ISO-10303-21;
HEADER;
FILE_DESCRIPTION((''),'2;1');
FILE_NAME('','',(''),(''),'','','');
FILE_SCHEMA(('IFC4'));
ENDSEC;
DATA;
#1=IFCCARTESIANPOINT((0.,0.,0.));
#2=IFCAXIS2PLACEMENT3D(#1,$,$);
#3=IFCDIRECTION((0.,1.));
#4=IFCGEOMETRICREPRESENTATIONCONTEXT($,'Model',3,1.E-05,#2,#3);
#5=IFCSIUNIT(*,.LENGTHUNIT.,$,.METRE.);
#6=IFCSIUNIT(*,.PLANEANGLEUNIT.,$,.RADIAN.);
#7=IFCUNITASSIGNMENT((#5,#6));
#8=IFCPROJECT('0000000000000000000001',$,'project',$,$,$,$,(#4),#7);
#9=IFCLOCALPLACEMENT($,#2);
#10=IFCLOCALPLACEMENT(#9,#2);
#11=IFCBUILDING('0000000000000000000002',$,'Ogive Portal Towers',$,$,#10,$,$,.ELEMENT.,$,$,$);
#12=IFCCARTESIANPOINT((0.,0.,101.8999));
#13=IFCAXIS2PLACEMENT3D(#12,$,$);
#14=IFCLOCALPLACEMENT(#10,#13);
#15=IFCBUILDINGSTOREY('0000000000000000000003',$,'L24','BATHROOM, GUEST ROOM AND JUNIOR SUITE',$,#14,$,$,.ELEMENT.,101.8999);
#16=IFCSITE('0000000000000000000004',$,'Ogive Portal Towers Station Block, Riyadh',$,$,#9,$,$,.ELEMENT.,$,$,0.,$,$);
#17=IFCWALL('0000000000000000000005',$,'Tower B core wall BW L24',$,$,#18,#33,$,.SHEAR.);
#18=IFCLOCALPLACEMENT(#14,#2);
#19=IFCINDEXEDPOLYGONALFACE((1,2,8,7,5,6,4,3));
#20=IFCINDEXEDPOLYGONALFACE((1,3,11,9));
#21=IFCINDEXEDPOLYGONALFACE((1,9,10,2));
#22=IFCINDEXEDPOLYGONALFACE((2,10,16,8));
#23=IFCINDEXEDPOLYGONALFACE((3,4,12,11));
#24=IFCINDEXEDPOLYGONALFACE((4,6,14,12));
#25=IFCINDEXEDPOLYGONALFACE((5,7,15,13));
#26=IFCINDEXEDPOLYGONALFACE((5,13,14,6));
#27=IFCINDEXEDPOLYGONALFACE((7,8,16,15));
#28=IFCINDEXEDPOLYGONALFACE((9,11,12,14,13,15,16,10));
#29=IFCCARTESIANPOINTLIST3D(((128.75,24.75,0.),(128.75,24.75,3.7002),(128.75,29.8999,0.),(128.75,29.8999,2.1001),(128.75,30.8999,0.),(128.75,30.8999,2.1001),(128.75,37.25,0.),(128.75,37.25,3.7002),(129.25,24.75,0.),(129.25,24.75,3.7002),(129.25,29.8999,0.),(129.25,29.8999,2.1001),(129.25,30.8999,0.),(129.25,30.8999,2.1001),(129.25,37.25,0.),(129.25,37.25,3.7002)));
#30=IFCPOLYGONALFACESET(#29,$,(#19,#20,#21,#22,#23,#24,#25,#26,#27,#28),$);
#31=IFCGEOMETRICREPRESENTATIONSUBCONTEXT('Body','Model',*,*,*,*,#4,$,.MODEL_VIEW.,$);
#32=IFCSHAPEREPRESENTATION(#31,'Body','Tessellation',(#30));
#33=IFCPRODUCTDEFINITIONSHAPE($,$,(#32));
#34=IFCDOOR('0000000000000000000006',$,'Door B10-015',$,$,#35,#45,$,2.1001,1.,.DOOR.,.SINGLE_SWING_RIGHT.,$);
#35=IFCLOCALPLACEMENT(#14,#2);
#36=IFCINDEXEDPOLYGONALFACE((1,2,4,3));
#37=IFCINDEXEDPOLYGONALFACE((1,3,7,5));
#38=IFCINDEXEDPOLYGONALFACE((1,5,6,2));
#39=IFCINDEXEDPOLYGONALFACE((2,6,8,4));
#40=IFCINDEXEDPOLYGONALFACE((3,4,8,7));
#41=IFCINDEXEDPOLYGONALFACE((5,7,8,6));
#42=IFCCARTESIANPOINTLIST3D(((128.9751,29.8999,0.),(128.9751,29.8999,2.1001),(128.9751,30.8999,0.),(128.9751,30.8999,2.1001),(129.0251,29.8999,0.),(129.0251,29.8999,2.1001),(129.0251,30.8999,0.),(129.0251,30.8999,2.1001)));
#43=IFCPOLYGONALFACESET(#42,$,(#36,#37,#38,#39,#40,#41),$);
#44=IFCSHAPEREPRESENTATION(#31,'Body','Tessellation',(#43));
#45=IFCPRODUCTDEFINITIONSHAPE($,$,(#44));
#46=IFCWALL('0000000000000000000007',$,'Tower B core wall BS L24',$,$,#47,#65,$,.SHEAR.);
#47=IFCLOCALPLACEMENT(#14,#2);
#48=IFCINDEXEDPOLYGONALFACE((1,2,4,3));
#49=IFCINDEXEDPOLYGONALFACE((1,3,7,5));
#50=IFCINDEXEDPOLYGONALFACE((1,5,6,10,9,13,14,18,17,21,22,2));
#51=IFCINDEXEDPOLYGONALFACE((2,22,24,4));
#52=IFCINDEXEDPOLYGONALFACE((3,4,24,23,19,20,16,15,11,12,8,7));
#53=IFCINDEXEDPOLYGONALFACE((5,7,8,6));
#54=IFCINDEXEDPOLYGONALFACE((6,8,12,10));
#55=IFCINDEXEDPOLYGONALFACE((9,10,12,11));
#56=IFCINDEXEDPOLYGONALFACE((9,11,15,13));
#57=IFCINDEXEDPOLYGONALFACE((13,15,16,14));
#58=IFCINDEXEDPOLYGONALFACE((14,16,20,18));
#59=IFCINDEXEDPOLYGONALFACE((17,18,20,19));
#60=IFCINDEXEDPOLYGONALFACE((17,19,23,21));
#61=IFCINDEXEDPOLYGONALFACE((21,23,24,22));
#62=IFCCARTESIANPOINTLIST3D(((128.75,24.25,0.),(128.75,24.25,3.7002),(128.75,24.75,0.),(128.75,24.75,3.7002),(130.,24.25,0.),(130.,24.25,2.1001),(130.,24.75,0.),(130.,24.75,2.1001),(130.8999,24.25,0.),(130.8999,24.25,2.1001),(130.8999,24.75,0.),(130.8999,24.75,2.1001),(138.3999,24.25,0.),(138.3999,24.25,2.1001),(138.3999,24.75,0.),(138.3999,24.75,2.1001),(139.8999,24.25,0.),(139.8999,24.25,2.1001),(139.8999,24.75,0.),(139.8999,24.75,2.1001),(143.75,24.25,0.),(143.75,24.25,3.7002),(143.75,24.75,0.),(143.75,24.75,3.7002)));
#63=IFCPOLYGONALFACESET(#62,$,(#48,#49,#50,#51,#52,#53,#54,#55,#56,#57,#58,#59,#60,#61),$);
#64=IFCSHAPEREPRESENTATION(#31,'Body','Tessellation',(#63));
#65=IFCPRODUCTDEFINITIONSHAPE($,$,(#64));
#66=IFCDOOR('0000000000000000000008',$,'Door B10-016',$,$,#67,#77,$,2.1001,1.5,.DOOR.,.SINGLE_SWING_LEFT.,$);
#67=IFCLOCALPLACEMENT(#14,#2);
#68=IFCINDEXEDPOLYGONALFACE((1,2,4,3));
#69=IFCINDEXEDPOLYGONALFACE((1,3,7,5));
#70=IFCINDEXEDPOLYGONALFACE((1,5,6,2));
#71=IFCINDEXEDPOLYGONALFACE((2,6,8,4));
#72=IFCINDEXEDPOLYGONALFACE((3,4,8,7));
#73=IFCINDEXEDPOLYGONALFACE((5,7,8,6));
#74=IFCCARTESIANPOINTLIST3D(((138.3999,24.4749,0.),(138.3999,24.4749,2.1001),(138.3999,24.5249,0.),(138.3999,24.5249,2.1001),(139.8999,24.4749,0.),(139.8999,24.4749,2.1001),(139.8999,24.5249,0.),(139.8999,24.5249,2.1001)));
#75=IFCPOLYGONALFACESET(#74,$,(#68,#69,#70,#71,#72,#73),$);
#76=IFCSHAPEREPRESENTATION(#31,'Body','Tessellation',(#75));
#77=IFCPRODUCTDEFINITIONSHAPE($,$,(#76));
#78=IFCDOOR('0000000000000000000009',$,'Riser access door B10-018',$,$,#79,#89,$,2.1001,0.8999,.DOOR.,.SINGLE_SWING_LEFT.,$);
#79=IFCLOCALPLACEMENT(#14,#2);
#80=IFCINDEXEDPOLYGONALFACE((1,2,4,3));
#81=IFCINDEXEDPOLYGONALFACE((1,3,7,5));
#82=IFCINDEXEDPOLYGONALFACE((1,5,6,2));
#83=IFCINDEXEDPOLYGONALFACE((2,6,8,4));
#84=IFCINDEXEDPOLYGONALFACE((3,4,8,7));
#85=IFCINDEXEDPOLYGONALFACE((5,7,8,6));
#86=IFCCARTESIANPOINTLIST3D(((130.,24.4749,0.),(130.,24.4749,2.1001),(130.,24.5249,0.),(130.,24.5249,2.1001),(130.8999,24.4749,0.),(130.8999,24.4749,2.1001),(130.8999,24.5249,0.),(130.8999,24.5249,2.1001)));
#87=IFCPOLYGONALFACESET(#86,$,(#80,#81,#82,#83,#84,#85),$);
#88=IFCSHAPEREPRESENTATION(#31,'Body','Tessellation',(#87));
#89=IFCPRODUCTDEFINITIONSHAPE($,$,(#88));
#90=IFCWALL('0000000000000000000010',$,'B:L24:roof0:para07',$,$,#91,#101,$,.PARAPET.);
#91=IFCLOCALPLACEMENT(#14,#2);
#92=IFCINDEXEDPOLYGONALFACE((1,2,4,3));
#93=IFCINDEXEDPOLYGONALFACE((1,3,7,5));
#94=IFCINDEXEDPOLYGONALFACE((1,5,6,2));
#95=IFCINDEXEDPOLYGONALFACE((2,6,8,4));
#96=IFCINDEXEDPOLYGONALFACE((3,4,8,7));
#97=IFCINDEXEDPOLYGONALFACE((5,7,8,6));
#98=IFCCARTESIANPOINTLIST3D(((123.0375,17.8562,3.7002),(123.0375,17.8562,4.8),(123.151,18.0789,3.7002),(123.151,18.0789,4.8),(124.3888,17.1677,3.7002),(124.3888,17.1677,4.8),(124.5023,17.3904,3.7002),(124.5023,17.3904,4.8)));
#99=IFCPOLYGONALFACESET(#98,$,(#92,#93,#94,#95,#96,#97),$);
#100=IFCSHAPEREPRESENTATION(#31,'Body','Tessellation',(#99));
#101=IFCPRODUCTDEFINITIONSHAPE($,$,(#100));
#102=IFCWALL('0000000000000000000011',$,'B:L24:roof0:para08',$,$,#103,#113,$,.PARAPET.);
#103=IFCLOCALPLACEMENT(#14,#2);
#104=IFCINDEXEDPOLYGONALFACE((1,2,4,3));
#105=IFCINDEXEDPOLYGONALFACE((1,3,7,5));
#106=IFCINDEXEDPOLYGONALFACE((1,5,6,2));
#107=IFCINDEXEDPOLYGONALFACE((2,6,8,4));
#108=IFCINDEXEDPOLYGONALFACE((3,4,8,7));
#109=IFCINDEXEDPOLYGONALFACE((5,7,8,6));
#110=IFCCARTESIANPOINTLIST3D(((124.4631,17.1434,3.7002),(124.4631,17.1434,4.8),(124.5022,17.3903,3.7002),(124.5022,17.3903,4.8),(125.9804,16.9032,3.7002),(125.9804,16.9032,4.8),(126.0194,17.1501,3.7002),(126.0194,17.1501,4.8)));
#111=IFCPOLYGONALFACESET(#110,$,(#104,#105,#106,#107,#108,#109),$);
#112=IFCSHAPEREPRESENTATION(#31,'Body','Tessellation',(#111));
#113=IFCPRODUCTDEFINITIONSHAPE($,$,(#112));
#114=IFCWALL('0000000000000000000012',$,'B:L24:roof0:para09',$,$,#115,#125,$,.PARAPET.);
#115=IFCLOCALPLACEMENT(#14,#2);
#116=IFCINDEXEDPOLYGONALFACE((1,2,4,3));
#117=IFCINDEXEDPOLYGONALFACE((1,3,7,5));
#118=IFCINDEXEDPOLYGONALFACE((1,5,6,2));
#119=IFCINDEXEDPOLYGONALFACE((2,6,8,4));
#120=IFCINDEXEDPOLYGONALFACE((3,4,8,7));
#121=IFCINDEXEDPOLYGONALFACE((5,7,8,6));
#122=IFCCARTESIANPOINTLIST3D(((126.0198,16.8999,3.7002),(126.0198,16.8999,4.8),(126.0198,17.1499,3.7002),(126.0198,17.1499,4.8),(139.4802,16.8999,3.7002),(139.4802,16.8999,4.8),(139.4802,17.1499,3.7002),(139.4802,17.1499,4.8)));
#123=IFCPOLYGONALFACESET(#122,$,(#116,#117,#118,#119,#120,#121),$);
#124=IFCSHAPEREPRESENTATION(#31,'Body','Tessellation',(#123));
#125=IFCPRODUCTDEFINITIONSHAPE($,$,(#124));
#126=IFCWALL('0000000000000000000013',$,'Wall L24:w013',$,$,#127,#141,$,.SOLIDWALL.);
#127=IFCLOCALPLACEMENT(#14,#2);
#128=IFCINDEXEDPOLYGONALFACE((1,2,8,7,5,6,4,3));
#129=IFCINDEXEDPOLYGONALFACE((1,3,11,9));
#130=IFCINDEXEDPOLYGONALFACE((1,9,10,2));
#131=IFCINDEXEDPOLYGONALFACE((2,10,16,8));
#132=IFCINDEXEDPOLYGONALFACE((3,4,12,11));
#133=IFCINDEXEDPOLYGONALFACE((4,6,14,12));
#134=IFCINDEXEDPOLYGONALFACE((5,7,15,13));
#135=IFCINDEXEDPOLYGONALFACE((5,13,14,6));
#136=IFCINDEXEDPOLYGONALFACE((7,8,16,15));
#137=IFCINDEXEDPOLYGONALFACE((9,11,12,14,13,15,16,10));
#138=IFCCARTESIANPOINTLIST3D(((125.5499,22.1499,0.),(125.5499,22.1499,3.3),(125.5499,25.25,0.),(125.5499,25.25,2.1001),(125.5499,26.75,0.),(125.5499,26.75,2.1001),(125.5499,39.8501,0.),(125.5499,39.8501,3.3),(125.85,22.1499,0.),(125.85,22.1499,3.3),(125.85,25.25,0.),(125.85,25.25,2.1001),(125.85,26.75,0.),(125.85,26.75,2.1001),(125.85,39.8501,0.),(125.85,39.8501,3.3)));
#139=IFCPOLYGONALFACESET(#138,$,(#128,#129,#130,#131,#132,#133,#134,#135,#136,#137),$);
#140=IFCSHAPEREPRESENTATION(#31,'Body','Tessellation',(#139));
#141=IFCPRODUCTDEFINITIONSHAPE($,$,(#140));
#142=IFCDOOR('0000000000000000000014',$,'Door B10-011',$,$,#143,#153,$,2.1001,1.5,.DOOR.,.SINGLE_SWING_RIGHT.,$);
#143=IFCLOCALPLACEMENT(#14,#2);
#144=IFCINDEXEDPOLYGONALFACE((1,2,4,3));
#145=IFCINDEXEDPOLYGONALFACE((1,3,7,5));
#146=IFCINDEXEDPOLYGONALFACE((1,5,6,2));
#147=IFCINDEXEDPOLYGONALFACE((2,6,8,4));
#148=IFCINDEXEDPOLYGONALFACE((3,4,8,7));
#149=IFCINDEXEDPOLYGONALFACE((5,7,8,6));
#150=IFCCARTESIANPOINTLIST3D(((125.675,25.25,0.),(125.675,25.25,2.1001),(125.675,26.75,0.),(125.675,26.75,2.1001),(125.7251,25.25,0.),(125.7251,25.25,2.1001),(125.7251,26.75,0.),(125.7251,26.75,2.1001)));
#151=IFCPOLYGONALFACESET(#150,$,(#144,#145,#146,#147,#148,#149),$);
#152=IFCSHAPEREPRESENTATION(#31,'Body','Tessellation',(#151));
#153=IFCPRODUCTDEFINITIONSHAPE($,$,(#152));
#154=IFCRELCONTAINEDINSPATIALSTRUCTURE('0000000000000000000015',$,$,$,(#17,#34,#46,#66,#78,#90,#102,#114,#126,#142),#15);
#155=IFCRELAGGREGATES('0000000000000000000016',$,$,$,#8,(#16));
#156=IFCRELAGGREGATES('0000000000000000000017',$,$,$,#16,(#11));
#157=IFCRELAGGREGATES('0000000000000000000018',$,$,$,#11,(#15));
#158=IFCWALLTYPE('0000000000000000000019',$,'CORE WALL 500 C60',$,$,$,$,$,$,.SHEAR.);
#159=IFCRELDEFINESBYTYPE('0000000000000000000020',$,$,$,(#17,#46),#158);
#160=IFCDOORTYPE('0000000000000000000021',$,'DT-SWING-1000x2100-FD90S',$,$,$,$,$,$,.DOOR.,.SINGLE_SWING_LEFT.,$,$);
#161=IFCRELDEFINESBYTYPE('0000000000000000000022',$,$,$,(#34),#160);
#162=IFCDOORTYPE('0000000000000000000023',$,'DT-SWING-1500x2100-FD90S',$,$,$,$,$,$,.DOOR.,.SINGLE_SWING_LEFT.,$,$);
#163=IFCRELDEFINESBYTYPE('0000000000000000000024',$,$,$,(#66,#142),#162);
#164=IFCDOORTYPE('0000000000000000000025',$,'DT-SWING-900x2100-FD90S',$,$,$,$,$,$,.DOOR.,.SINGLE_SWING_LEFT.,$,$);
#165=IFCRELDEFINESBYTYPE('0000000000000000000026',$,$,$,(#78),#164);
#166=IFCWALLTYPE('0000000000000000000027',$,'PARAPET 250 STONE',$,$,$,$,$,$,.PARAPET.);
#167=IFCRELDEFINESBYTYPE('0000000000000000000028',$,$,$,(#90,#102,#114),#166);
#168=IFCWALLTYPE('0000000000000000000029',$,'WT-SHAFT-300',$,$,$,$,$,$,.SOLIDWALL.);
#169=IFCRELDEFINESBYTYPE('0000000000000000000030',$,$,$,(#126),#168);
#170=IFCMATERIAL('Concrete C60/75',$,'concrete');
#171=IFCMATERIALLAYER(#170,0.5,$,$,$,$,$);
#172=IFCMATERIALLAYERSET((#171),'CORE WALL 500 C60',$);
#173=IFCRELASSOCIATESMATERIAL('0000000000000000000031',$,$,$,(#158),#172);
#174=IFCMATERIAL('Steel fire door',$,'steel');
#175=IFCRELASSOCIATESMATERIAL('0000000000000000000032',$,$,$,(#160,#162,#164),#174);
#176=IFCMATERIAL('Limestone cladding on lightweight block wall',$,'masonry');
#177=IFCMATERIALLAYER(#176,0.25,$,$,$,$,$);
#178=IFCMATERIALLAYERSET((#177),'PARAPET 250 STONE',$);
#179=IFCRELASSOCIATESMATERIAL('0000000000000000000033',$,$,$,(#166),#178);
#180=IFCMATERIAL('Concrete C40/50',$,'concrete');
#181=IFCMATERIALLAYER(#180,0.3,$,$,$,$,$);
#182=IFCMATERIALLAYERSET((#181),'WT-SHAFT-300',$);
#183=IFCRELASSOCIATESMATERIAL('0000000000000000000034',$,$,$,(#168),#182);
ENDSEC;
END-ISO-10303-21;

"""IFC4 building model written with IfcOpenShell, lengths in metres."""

from ifc_helpers import new_model, si_unit, direction, frame, frame_2d, origin, place, context, subcontext, project, spatial, rectangle, extrude, material, layer, layer_set, type_object, element, fill, save


model = new_model("IFC4")

# Units and contexts
model_context = context("Model", 3, precision=1e-05, world=origin(), true_north=direction((0.0, 1.0)))
body_context = subcontext(model_context, "Body", "Model", "MODEL_VIEW")
ifc_project = project(units=[si_unit("LENGTHUNIT", "METRE"), si_unit("PLANEANGLEUNIT", "RADIAN")], contexts=[model_context])

# Site, building, storey
site_placement = place(None, origin())
site = spatial("IfcSite", under=ifc_project, at=site_placement, Name="Ogive Portal Towers Station Block, Riyadh", CompositionType="ELEMENT", RefElevation=0.0)
building_placement = place(site_placement, origin())
building = spatial("IfcBuilding", under=site, at=building_placement, Name="Ogive Portal Towers", CompositionType="ELEMENT")
storey_placement = place(building_placement, frame((0.0, 0.0, 101.8999)))
storey = spatial("IfcBuildingStorey", under=building, at=storey_placement, Name="L24", Description="BATHROOM, GUEST ROOM AND JUNIOR SUITE", CompositionType="ELEMENT", Elevation=101.8999)

# Wall, opening, door
ifc_material_1 = material(Name="Concrete C60/75", Category="concrete")
ifc_material_2 = material(Name="Steel fire door", Category="steel")
ifc_layer_1 = layer(ifc_material_1, 0.5)
ifc_layer_set_1 = layer_set([ifc_layer_1], Name="CORE WALL 500 C60")
wall_type_1 = type_object("IfcWallType", Name="CORE WALL 500 C60", PredefinedType="SHEAR", material=ifc_layer_set_1)
wall_1_placement = place(storey_placement, frame((129.0, 24.75, 0.0), z_axis=(0.0, 0.0, 1.0), x_axis=(0.0, 1.0, 0.0)))
wall_1 = element("IfcWall", 1, at=wall_1_placement, inside=storey, type_object=wall_type_1, Name="Tower B core wall BW L24", PredefinedType="SHEAR", context=body_context, shape_type="SweptSolid", body=[
    extrude(rectangle(XDim=12.5, YDim=0.5, at=frame_2d((6.25, 0.0))), origin(), (0.0, 0.0, 1.0), 3.7002),
])
opening_1_placement = place(wall_1_placement, frame((5.1499, 0.0, 0.0)))
opening_1 = element("IfcOpeningElement", 2, at=opening_1_placement, cuts=wall_1, PredefinedType="OPENING", context=body_context, shape_type="SweptSolid", body=[
    extrude(rectangle(XDim=1.0, YDim=2.1001, at=frame_2d((0.5, 1.05))), frame((0.0, 0.26, 0.0), z_axis=(0.0, -1.0, 0.0), x_axis=(1.0, 0.0, 0.0)), (0.0, 0.0, 1.0), 0.52),
])
door_type_1 = type_object("IfcDoorType", Name="DT-SWING-1000x2100-FD90S", OperationType="SINGLE_SWING_LEFT", PredefinedType="DOOR", material=ifc_material_2)
door_1_placement = place(opening_1_placement, origin())
door_1 = element("IfcDoor", 3, at=door_1_placement, inside=storey, type_object=door_type_1, Name="Door B10-015", OperationType="SINGLE_SWING_RIGHT", OverallHeight=2.1001, OverallWidth=1.0, PredefinedType="DOOR", context=body_context, shape_type="SweptSolid", body=[
    extrude(rectangle(XDim=1.0, YDim=2.1001, at=frame_2d((0.5, 1.05))), frame((0.0, 0.0249, 0.0), z_axis=(0.0, -1.0, 0.0), x_axis=(1.0, 0.0, 0.0)), (0.0, 0.0, 1.0), 0.05),
])
fill(opening_1, door_1)

# Wall, openings, doors
wall_2_placement = place(storey_placement, frame((128.75, 24.5, 0.0), z_axis=(0.0, 0.0, 1.0), x_axis=(1.0, 0.0, 0.0)))
wall_2 = element("IfcWall", 4, at=wall_2_placement, inside=storey, type_object=wall_type_1, Name="Tower B core wall BS L24", PredefinedType="SHEAR", context=body_context, shape_type="SweptSolid", body=[
    extrude(rectangle(XDim=15.0, YDim=0.5, at=frame_2d((7.5, 0.0))), origin(), (0.0, 0.0, 1.0), 3.7002),
])
opening_2_placement = place(wall_2_placement, frame((9.6499, 0.0, 0.0)))
opening_2 = element("IfcOpeningElement", 5, at=opening_2_placement, cuts=wall_2, PredefinedType="OPENING", context=body_context, shape_type="SweptSolid", body=[
    extrude(rectangle(XDim=1.5, YDim=2.1001, at=frame_2d((0.75, 1.05))), frame((0.0, 0.26, 0.0), z_axis=(0.0, -1.0, 0.0), x_axis=(1.0, 0.0, 0.0)), (0.0, 0.0, 1.0), 0.52),
])
opening_3_placement = place(wall_2_placement, frame((1.25, 0.0, 0.0)))
opening_3 = element("IfcOpeningElement", 6, at=opening_3_placement, cuts=wall_2, PredefinedType="OPENING", context=body_context, shape_type="SweptSolid", body=[
    extrude(rectangle(XDim=0.8999, YDim=2.1001, at=frame_2d((0.45, 1.05))), frame((0.0, 0.26, 0.0), z_axis=(0.0, -1.0, 0.0), x_axis=(1.0, 0.0, 0.0)), (0.0, 0.0, 1.0), 0.52),
])
door_type_2 = type_object("IfcDoorType", Name="DT-SWING-1500x2100-FD90S", OperationType="SINGLE_SWING_LEFT", PredefinedType="DOOR", material=ifc_material_2)
door_2_placement = place(opening_2_placement, origin())
door_2 = element("IfcDoor", 7, at=door_2_placement, inside=storey, type_object=door_type_2, Name="Door B10-016", OperationType="SINGLE_SWING_LEFT", OverallHeight=2.1001, OverallWidth=1.5, PredefinedType="DOOR", context=body_context, shape_type="SweptSolid", body=[
    extrude(rectangle(XDim=1.5, YDim=2.1001, at=frame_2d((0.75, 1.05))), frame((0.0, 0.0249, 0.0), z_axis=(0.0, -1.0, 0.0), x_axis=(1.0, 0.0, 0.0)), (0.0, 0.0, 1.0), 0.05),
])
fill(opening_2, door_2)
door_type_3 = type_object("IfcDoorType", Name="DT-SWING-900x2100-FD90S", OperationType="SINGLE_SWING_LEFT", PredefinedType="DOOR", material=ifc_material_2)
door_3_placement = place(opening_3_placement, origin())
door_3 = element("IfcDoor", 8, at=door_3_placement, inside=storey, type_object=door_type_3, Name="Riser access door B10-018", OperationType="SINGLE_SWING_LEFT", OverallHeight=2.1001, OverallWidth=0.8999, PredefinedType="DOOR", context=body_context, shape_type="SweptSolid", body=[
    extrude(rectangle(XDim=0.8999, YDim=2.1001, at=frame_2d((0.45, 1.05))), frame((0.0, 0.0249, 0.0), z_axis=(0.0, -1.0, 0.0), x_axis=(1.0, 0.0, 0.0)), (0.0, 0.0, 1.0), 0.05),
])
fill(opening_3, door_3)

# Walls
ifc_material_3 = material(Name="Limestone cladding on lightweight block wall", Category="masonry")
ifc_layer_2 = layer(ifc_material_3, 0.25)
ifc_layer_set_2 = layer_set([ifc_layer_2], Name="PARAPET 250 STONE")
wall_type_2 = type_object("IfcWallType", Name="PARAPET 250 STONE", PredefinedType="PARAPET", material=ifc_layer_set_2)
wall_3_placement = place(storey_placement, frame((123.0942, 17.9675, 3.7002), z_axis=(0.0, 0.0, 1.0), x_axis=(0.891021, -0.453962, 0.0)))
element("IfcWall", 9, at=wall_3_placement, inside=storey, type_object=wall_type_2, Name="B:L24:roof0:para07", PredefinedType="PARAPET", context=body_context, shape_type="SweptSolid", body=[
    extrude(rectangle(XDim=1.5166, YDim=0.25, at=frame_2d((0.7583, 0.0))), origin(), (0.0, 0.0, 1.0), 1.0999),
])
wall_4_placement = place(storey_placement, frame((124.4827, 17.2668, 3.7002), z_axis=(0.0, 0.0, 1.0), x_axis=(0.987697, -0.156379, 0.0)))
element("IfcWall", 10, at=wall_4_placement, inside=storey, type_object=wall_type_2, Name="B:L24:roof0:para08", PredefinedType="PARAPET", context=body_context, shape_type="SweptSolid", body=[
    extrude(rectangle(XDim=1.5361, YDim=0.25, at=frame_2d((0.7681, 0.0))), origin(), (0.0, 0.0, 1.0), 1.0999),
])
wall_5_placement = place(storey_placement, frame((126.0198, 17.0249, 3.7002), z_axis=(0.0, 0.0, 1.0), x_axis=(1.0, 0.0, 0.0)))
element("IfcWall", 11, at=wall_5_placement, inside=storey, type_object=wall_type_2, Name="B:L24:roof0:para09", PredefinedType="PARAPET", context=body_context, shape_type="SweptSolid", body=[
    extrude(rectangle(XDim=13.4604, YDim=0.25, at=frame_2d((6.7302, 0.0))), origin(), (0.0, 0.0, 1.0), 1.0999),
])

# Wall, opening, door
ifc_material_4 = material(Name="Concrete C40/50", Category="concrete")
ifc_layer_3 = layer(ifc_material_4, 0.3)
ifc_layer_set_3 = layer_set([ifc_layer_3], Name="WT-SHAFT-300")
wall_type_3 = type_object("IfcWallType", Name="WT-SHAFT-300", PredefinedType="SOLIDWALL", material=ifc_layer_set_3)
wall_6_placement = place(storey_placement, frame((125.7, 22.1499, 0.0), z_axis=(0.0, 0.0, 1.0), x_axis=(0.0, 1.0, 0.0)))
wall_6 = element("IfcWall", 12, at=wall_6_placement, inside=storey, type_object=wall_type_3, Name="Wall L24:w013", PredefinedType="SOLIDWALL", context=body_context, shape_type="SweptSolid", body=[
    extrude(rectangle(XDim=17.7002, YDim=0.3, at=frame_2d((8.8501, 0.0))), origin(), (0.0, 0.0, 1.0), 3.3),
])
opening_4_placement = place(wall_6_placement, frame((3.1001, 0.0, 0.0)))
opening_4 = element("IfcOpeningElement", 13, at=opening_4_placement, cuts=wall_6, PredefinedType="OPENING", context=body_context, shape_type="SweptSolid", body=[
    extrude(rectangle(XDim=1.5, YDim=2.1001, at=frame_2d((0.75, 1.05))), frame((0.0, 0.1602, 0.0), z_axis=(0.0, -1.0, 0.0), x_axis=(1.0, 0.0, 0.0)), (0.0, 0.0, 1.0), 0.3201),
])
door_4_placement = place(opening_4_placement, origin())
door_4 = element("IfcDoor", 14, at=door_4_placement, inside=storey, type_object=door_type_2, Name="Door B10-011", OperationType="SINGLE_SWING_RIGHT", OverallHeight=2.1001, OverallWidth=1.5, PredefinedType="DOOR", context=body_context, shape_type="SweptSolid", body=[
    extrude(rectangle(XDim=1.5, YDim=2.1001, at=frame_2d((0.75, 1.05))), frame((0.0, 0.0249, 0.0), z_axis=(0.0, -1.0, 0.0), x_axis=(1.0, 0.0, 0.0)), (0.0, 0.0, 1.0), 0.05),
])
fill(opening_4, door_4)

save(model, "model.ifc")
